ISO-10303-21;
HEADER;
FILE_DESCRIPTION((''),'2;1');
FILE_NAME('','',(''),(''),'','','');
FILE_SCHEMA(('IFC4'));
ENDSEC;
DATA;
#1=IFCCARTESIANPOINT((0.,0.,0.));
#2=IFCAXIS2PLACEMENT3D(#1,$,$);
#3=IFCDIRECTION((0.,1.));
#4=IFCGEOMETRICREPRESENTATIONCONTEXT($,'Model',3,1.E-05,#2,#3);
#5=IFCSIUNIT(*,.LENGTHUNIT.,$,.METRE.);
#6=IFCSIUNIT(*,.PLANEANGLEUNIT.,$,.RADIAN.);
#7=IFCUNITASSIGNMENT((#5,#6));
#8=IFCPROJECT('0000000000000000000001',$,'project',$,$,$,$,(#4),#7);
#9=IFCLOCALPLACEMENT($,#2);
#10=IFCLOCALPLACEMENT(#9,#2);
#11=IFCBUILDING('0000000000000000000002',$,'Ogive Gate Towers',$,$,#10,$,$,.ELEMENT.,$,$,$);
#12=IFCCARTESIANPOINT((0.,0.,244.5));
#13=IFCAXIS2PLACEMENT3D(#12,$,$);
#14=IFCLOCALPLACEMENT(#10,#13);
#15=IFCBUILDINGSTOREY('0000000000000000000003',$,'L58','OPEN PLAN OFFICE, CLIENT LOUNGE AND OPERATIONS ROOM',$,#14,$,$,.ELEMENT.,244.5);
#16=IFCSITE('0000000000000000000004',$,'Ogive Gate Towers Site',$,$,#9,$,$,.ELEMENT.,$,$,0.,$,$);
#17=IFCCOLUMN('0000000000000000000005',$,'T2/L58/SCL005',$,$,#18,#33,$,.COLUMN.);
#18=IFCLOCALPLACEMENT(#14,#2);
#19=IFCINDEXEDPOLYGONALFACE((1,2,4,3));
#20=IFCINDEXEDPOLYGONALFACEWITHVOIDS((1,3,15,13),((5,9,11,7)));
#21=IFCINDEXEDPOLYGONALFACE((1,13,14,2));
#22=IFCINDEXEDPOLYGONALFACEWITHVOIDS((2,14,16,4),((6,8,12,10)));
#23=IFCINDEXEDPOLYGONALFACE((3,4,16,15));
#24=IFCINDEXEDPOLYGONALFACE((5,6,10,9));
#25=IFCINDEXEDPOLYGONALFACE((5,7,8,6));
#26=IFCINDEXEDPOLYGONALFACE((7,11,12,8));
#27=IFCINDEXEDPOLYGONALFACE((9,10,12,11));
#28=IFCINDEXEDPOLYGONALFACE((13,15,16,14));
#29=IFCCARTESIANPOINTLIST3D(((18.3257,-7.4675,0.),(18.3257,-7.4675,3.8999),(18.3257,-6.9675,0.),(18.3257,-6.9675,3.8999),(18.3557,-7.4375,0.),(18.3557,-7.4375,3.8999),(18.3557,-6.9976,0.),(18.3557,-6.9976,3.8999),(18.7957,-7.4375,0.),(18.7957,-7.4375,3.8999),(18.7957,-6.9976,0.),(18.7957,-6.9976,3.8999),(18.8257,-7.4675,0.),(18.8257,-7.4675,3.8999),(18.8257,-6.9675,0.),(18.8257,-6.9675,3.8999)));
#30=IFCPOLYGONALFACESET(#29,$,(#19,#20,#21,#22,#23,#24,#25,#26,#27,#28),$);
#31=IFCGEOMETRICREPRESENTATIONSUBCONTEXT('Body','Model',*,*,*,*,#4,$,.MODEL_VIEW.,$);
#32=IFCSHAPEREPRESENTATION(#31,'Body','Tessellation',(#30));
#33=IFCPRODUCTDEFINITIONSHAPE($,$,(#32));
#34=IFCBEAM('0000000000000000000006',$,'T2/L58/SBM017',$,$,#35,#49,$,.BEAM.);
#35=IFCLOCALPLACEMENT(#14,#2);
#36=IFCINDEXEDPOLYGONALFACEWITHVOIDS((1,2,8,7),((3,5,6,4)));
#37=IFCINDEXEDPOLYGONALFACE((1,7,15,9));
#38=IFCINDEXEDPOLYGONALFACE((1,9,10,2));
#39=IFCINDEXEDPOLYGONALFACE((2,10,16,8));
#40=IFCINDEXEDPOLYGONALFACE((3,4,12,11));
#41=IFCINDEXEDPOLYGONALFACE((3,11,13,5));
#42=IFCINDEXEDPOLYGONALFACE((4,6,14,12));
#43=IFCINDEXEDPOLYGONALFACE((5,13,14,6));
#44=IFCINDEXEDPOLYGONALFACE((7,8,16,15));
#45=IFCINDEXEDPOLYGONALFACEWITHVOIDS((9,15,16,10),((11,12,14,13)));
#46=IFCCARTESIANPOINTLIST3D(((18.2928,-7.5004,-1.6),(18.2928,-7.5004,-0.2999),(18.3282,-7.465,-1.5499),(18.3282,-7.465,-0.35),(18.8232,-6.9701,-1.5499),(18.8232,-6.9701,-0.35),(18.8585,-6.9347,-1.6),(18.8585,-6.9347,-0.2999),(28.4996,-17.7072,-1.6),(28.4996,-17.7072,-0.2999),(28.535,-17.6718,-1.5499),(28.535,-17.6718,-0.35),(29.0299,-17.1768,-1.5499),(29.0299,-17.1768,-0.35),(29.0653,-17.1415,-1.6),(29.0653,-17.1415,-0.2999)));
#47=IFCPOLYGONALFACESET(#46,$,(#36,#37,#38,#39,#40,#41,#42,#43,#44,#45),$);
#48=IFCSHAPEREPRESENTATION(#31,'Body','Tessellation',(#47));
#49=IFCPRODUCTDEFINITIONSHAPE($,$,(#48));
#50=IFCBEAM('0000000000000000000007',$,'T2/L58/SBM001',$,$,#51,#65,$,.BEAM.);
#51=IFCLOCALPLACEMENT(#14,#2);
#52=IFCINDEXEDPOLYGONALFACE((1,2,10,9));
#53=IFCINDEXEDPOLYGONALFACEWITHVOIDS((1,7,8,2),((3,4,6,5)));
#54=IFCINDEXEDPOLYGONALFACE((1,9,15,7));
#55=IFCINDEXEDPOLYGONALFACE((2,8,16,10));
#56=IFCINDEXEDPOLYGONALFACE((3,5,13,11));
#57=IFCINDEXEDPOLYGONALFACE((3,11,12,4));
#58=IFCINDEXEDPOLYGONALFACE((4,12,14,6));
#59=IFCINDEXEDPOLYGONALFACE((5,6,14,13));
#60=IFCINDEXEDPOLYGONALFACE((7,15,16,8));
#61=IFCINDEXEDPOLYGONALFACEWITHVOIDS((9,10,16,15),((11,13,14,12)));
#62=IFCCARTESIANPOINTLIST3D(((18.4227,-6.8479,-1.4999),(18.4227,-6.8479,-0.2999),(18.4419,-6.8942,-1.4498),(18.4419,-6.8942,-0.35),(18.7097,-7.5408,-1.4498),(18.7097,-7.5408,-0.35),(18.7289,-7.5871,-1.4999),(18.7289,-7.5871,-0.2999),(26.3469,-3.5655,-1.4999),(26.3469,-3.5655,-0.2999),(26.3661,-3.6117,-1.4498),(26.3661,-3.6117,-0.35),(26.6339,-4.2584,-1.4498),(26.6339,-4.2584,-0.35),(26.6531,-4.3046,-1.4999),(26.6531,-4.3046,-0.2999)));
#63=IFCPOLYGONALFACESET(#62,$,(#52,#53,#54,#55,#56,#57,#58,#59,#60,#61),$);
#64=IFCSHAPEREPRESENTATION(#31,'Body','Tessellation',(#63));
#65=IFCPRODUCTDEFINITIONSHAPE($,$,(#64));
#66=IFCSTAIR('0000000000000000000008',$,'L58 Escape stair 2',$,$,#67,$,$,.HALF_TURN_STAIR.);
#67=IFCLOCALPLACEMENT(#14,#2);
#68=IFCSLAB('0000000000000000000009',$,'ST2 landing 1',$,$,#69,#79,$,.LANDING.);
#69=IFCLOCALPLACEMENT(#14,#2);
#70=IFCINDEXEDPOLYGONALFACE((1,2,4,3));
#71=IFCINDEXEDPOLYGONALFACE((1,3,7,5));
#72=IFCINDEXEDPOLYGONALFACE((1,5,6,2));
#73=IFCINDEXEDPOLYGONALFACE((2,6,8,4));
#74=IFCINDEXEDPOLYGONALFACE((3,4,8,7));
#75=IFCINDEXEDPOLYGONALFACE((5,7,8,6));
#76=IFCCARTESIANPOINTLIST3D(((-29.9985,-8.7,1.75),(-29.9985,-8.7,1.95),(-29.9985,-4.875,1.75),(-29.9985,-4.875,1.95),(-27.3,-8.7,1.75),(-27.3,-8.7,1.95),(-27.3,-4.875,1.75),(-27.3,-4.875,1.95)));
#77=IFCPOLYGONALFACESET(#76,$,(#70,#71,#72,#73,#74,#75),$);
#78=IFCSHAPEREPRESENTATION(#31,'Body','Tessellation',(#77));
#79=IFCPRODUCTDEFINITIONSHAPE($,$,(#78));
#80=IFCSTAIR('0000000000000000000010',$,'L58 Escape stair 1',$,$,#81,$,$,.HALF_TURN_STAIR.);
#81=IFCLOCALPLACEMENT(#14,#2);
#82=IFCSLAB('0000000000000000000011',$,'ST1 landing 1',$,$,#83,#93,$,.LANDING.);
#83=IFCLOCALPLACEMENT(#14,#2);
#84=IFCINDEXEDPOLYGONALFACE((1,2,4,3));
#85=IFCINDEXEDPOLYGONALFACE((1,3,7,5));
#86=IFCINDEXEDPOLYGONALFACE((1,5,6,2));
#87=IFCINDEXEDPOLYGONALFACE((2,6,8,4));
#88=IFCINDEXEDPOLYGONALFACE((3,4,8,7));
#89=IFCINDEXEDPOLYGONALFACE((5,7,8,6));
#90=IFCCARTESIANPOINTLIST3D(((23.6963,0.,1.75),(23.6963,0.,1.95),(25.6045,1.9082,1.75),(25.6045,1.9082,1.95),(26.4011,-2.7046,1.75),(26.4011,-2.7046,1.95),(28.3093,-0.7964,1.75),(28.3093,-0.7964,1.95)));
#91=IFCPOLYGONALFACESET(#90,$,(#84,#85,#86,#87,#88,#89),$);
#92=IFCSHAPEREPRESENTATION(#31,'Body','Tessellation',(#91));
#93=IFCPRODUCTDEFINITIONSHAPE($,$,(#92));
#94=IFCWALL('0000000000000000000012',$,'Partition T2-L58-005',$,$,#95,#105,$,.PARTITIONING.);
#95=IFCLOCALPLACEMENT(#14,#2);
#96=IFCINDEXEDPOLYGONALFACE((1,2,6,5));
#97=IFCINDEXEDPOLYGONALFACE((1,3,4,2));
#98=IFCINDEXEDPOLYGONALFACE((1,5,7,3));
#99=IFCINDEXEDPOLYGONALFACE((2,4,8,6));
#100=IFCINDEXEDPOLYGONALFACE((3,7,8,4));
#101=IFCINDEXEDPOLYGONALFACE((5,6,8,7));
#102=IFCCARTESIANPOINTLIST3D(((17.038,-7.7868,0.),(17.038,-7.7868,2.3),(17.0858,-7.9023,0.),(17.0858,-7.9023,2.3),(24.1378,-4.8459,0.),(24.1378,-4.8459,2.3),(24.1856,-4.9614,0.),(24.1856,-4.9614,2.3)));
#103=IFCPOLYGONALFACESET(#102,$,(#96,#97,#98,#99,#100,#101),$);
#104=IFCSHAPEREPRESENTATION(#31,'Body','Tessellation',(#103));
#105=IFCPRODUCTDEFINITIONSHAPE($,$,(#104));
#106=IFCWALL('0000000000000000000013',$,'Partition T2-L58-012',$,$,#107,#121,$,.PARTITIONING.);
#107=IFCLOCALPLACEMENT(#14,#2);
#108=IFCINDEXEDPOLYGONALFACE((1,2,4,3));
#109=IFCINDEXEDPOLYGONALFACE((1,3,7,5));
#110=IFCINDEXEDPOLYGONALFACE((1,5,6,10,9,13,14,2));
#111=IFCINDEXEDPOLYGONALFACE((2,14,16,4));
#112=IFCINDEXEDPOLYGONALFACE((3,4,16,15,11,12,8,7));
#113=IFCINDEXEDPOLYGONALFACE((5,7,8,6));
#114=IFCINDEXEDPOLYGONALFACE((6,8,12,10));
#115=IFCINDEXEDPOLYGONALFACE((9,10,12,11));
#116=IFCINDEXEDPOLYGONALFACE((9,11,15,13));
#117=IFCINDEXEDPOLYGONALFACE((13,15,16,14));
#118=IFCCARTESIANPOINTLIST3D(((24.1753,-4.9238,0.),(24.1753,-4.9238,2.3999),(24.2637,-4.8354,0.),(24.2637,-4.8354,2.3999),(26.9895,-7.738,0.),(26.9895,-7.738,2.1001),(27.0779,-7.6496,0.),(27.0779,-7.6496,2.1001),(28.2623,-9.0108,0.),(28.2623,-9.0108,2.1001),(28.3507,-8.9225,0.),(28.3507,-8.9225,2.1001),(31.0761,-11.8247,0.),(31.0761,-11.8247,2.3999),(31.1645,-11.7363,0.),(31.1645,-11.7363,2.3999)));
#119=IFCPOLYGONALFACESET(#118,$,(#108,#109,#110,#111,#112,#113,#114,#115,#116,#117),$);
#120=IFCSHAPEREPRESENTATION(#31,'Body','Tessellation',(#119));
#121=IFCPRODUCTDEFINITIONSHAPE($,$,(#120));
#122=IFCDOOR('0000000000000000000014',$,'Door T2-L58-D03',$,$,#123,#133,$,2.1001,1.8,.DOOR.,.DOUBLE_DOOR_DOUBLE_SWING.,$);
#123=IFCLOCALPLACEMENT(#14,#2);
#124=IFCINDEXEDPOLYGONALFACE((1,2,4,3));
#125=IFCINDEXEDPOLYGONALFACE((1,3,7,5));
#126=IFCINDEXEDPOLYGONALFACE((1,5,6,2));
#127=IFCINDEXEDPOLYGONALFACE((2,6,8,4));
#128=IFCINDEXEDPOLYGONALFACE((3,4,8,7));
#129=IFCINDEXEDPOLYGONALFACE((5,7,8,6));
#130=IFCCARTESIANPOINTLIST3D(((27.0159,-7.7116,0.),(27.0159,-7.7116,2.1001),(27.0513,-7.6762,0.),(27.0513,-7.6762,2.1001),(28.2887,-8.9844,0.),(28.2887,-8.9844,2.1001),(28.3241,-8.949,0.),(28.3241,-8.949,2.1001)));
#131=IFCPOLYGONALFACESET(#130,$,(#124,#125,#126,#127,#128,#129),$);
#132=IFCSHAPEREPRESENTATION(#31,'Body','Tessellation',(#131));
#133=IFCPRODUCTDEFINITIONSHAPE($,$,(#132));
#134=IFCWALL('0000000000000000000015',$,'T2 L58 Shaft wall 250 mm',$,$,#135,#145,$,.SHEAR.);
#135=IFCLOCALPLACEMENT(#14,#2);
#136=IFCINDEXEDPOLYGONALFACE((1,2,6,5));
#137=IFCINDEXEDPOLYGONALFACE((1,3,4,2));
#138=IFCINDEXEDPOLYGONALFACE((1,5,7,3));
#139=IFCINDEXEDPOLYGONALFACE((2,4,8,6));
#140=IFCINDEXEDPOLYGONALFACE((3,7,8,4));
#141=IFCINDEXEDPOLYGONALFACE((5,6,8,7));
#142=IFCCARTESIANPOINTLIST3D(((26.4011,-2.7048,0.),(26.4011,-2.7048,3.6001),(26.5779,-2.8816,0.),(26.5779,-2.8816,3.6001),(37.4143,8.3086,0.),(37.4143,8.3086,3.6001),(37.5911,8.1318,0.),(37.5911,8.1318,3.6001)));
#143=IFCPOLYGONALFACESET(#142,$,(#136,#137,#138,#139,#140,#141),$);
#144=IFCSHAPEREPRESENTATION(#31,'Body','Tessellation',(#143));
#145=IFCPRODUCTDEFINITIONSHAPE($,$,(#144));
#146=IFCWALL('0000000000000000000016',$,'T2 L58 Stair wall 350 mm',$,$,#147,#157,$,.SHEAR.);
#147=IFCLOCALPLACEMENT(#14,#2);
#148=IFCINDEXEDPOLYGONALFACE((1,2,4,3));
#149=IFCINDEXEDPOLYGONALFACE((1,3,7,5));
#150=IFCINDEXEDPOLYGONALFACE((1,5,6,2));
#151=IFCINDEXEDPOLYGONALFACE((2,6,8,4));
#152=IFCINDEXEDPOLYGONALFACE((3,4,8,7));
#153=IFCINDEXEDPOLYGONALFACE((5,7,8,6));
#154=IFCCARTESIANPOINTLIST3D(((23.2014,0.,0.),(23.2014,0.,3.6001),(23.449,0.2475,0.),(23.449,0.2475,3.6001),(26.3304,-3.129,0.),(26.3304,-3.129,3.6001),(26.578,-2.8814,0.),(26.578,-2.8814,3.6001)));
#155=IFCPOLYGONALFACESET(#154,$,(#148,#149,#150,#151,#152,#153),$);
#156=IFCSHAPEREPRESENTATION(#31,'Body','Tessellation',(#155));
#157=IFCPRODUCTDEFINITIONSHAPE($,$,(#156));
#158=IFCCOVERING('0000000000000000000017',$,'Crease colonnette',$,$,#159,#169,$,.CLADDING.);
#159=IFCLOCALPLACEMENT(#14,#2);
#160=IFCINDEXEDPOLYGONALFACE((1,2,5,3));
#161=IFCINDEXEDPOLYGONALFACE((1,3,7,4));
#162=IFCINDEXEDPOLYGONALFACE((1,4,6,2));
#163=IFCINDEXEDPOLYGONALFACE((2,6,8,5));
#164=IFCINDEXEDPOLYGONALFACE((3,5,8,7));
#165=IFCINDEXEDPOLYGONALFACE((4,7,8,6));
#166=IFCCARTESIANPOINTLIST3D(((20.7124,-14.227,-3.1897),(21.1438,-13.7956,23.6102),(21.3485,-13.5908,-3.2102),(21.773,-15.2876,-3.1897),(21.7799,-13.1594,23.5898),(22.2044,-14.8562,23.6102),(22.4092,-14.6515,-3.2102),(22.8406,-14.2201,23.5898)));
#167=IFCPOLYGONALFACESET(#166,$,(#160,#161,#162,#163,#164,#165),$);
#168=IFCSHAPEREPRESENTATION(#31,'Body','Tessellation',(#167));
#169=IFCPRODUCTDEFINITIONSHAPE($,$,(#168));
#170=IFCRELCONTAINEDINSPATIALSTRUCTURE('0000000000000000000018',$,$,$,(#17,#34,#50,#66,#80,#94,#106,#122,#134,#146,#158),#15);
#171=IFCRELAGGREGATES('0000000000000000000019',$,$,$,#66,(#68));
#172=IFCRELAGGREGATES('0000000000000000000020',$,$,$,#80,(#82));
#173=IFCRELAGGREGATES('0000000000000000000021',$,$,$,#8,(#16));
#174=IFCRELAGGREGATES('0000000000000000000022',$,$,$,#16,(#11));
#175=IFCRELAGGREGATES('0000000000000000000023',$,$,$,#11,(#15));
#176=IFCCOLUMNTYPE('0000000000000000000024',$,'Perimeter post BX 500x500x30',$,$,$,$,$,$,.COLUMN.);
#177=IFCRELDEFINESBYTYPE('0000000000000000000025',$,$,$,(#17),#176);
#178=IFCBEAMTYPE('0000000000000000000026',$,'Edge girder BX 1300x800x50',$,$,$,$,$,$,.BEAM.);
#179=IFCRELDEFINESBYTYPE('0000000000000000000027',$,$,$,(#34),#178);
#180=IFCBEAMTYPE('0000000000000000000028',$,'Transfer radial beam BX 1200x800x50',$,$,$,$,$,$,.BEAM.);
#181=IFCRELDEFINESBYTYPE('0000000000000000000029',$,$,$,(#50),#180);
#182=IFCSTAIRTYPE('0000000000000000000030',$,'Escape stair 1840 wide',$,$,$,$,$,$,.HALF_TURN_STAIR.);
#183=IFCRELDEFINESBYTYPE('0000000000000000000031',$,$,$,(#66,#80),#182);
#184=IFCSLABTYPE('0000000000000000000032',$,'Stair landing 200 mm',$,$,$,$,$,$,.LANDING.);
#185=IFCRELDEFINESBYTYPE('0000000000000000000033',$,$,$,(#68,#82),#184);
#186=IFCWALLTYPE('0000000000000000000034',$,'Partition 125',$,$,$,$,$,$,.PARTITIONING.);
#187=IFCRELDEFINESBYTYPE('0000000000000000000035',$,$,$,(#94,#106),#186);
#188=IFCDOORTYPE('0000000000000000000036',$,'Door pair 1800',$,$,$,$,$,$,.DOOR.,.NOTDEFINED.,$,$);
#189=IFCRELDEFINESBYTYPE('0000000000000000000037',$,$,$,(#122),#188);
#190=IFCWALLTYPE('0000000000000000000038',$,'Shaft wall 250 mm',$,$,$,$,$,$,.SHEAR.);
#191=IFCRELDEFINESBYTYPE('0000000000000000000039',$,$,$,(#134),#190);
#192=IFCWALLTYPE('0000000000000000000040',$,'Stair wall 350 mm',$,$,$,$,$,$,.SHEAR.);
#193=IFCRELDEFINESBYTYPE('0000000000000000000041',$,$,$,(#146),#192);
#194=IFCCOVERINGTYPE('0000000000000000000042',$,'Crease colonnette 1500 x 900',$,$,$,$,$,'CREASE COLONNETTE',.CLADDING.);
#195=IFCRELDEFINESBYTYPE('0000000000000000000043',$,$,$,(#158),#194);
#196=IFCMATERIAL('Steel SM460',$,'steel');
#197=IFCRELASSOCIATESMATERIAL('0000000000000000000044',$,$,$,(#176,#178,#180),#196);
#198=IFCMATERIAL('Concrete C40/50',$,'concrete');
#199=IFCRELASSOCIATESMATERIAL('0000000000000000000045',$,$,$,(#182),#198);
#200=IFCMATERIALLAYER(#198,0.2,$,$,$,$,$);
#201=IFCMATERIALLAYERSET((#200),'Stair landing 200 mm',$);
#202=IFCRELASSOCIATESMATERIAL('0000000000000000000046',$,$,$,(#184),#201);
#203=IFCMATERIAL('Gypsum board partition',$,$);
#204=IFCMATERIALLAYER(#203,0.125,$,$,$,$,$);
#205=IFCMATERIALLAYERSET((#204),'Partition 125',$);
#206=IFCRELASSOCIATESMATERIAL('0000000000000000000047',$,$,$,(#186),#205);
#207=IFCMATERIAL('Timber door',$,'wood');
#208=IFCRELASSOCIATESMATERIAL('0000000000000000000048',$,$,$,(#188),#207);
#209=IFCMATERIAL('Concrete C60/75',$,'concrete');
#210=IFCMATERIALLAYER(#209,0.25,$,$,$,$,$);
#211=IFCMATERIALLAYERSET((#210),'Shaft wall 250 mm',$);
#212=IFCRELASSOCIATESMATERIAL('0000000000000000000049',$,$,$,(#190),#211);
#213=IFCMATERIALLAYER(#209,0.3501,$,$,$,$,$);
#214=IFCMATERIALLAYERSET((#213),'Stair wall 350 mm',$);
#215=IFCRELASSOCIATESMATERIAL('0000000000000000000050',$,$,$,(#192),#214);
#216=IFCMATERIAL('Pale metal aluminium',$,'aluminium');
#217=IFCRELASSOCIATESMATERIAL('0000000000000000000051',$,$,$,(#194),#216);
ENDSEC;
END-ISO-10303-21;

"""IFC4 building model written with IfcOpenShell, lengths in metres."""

from ifc_helpers import new_model, si_unit, direction, frame, frame_2d, origin, origin_2d, place, context, subcontext, project, spatial, polyline, rectangle, hollow_rectangle, outline, extrude, material, layer, layer_set, material_profile, profile_set, type_object, element, fill, aggregate, save


model = new_model("IFC4")

# Units and contexts
model_context = context("Model", 3, precision=1e-05, world=origin(), true_north=direction((0.0, 1.0)))
body_context = subcontext(model_context, "Body", "Model", "MODEL_VIEW")
ifc_project = project(units=[si_unit("LENGTHUNIT", "METRE"), si_unit("PLANEANGLEUNIT", "RADIAN")], contexts=[model_context])

# Site, building, storey
site_placement = place(None, origin())
site = spatial("IfcSite", under=ifc_project, at=site_placement, Name="Ogive Gate Towers Site", CompositionType="ELEMENT", RefElevation=0.0)
building_placement = place(site_placement, origin())
building = spatial("IfcBuilding", under=site, at=building_placement, Name="Ogive Gate Towers", CompositionType="ELEMENT")
storey_placement = place(building_placement, frame((0.0, 0.0, 244.5)))
storey = spatial("IfcBuildingStorey", under=building, at=storey_placement, Name="L58", Description="OPEN PLAN OFFICE, CLIENT LOUNGE AND OPERATIONS ROOM", CompositionType="ELEMENT", Elevation=244.5)

# Column
ifc_material_1 = material(Name="Steel SM460", Category="steel")
ifc_material_profile_1 = material_profile(ifc_material_1, hollow_rectangle(XDim=0.5, YDim=0.5, WallThickness=0.03, at=origin_2d()), Name="BX 500x500x30")
ifc_profile_set_1 = profile_set([ifc_material_profile_1], Name="Steel SM460")
column_type = type_object("IfcColumnType", Name="Perimeter post BX 500x500x30", PredefinedType="COLUMN", material=ifc_profile_set_1)
column_placement = place(storey_placement, frame((18.5757, -7.2175, 0.0), z_axis=(0.0, 0.0, 1.0), x_axis=(1.0, 0.0, 0.0)))
element("IfcColumn", 1, at=column_placement, inside=storey, type_object=column_type, Name="T2/L58/SCL005", PredefinedType="COLUMN", context=body_context, shape_type="SweptSolid", body=[
    extrude(hollow_rectangle(XDim=0.5, YDim=0.5, WallThickness=0.03, at=origin_2d()), origin(), (0.0, 0.0, 1.0), 3.8999),
])

# Beams
ifc_material_profile_2 = material_profile(ifc_material_1, hollow_rectangle(XDim=0.8, YDim=1.3, WallThickness=0.05, at=origin_2d()), Name="BX 1300x800x50")
ifc_profile_set_2 = profile_set([ifc_material_profile_2], Name="Steel SM460")
beam_type_1 = type_object("IfcBeamType", Name="Edge girder BX 1300x800x50", PredefinedType="BEAM", material=ifc_profile_set_2)
beam_1_placement = place(storey_placement, frame((18.5757, -7.2175, -0.95), z_axis=(0.707107, -0.707107, 0.0), x_axis=(0.707107, 0.707107, 0.0)))
element("IfcBeam", 2, at=beam_1_placement, inside=storey, type_object=beam_type_1, Name="T2/L58/SBM017", PredefinedType="BEAM", context=body_context, shape_type="SweptSolid", body=[
    extrude(hollow_rectangle(XDim=0.8, YDim=1.3, WallThickness=0.05, at=origin_2d()), origin(), (0.0, 0.0, 1.0), 14.4346),
])
ifc_material_profile_3 = material_profile(ifc_material_1, hollow_rectangle(XDim=0.8, YDim=1.2, WallThickness=0.05, at=origin_2d()), Name="BX 1200x800x50")
ifc_profile_set_3 = profile_set([ifc_material_profile_3], Name="Steel SM460")
beam_type_2 = type_object("IfcBeamType", Name="Transfer radial beam BX 1200x800x50", PredefinedType="BEAM", material=ifc_profile_set_3)
beam_2_placement = place(storey_placement, frame((26.5, -3.9351, -0.8999), z_axis=(-0.923875, -0.382695, 0.0), x_axis=(0.382695, -0.923875, 0.0)))
element("IfcBeam", 3, at=beam_2_placement, inside=storey, type_object=beam_type_2, Name="T2/L58/SBM001", PredefinedType="BEAM", context=body_context, shape_type="SweptSolid", body=[
    extrude(hollow_rectangle(XDim=0.8, YDim=1.2, WallThickness=0.05, at=origin_2d()), origin(), (0.0, 0.0, 1.0), 8.5771),
])

# Stairs, slabs
ifc_material_2 = material(Name="Concrete C40/50", Category="concrete")
stair_type = type_object("IfcStairType", Name="Escape stair 1840 wide", PredefinedType="HALF_TURN_STAIR", material=ifc_material_2)
stair_1_placement = place(storey_placement, origin())
stair_1 = element("IfcStair", 4, at=stair_1_placement, inside=storey, type_object=stair_type, Name="L58 Escape stair 2", PredefinedType="HALF_TURN_STAIR")
ifc_layer_1 = layer(ifc_material_2, 0.2)
ifc_layer_set_1 = layer_set([ifc_layer_1], Name="Stair landing 200 mm")
slab_type = type_object("IfcSlabType", Name="Stair landing 200 mm", PredefinedType="LANDING", material=ifc_layer_set_1)
slab_1_placement = place(storey_placement, frame((0.0, 0.0, 1.75)))
slab_1 = element("IfcSlab", 5, at=slab_1_placement, type_object=slab_type, Name="ST2 landing 1", PredefinedType="LANDING", context=body_context, shape_type="SweptSolid", body=[
    extrude(outline(polyline([(-29.9985, -8.7), (-27.3, -8.7), (-27.3, -4.875), (-29.9985, -4.875), (-29.9985, -8.7)])), origin(), (0.0, 0.0, 1.0), 0.2),
])
aggregate(stair_1, [slab_1])
stair_2_placement = place(storey_placement, origin())
stair_2 = element("IfcStair", 6, at=stair_2_placement, inside=storey, type_object=stair_type, Name="L58 Escape stair 1", PredefinedType="HALF_TURN_STAIR")
slab_2_placement = place(storey_placement, frame((0.0, 0.0, 1.75)))
slab_2 = element("IfcSlab", 7, at=slab_2_placement, type_object=slab_type, Name="ST1 landing 1", PredefinedType="LANDING", context=body_context, shape_type="SweptSolid", body=[
    extrude(outline(polyline([(25.6045, 1.9082), (23.6963, 0.0), (26.4011, -2.7046), (28.3093, -0.7964), (25.6045, 1.9082)])), origin(), (0.0, 0.0, 1.0), 0.2),
])
aggregate(stair_2, [slab_2])

# Wall
ifc_material_3 = material(Name="Gypsum board partition")
ifc_layer_2 = layer(ifc_material_3, 0.125)
ifc_layer_set_2 = layer_set([ifc_layer_2], Name="Partition 125")
wall_type_1 = type_object("IfcWallType", Name="Partition 125", PredefinedType="PARTITIONING", material=ifc_layer_set_2)
wall_1_placement = place(storey_placement, frame((17.062, -7.8445, 0.0), z_axis=(0.0, 0.0, 1.0), x_axis=(0.923877, 0.38269, 0.0)))
element("IfcWall", 8, at=wall_1_placement, inside=storey, type_object=wall_type_1, Name="Partition T2-L58-005", PredefinedType="PARTITIONING", context=body_context, shape_type="SweptSolid", body=[
    extrude(rectangle(XDim=7.6848, YDim=0.125, at=frame_2d((3.8423, 0.0))), origin(), (0.0, 0.0, 1.0), 2.3),
])

# Wall, opening, door
wall_2_placement = place(storey_placement, frame((24.2195, -4.8796, 0.0), z_axis=(0.0, 0.0, 1.0), x_axis=(0.707107, -0.707107, 0.0)))
wall_2 = element("IfcWall", 9, at=wall_2_placement, inside=storey, type_object=wall_type_1, Name="Partition T2-L58-012", PredefinedType="PARTITIONING", context=body_context, shape_type="SweptSolid", body=[
    extrude(rectangle(XDim=9.7593, YDim=0.125, at=frame_2d((4.8796, 0.0))), origin(), (0.0, 0.0, 1.0), 2.3999),
])
opening_placement = place(wall_2_placement, frame((3.98, 0.0, 0.0)))
opening = element("IfcOpeningElement", 10, at=opening_placement, cuts=wall_2, PredefinedType="OPENING", context=body_context, shape_type="SweptSolid", body=[
    extrude(rectangle(XDim=1.8, YDim=2.1001, at=frame_2d((0.8999, 1.05))), frame((0.0, 0.0725, 0.0), z_axis=(0.0, -1.0, 0.0), x_axis=(1.0, 0.0, 0.0)), (0.0, 0.0, 1.0), 0.145),
])
ifc_material_4 = material(Name="Timber door", Category="wood")
door_type = type_object("IfcDoorType", Name="Door pair 1800", OperationType="NOTDEFINED", PredefinedType="DOOR", material=ifc_material_4)
door_placement = place(opening_placement, origin())
door = element("IfcDoor", 11, at=door_placement, inside=storey, type_object=door_type, Name="Door T2-L58-D03", OperationType="DOUBLE_DOOR_DOUBLE_SWING", OverallHeight=2.1001, OverallWidth=1.8, PredefinedType="DOOR", context=body_context, shape_type="SweptSolid", body=[
    extrude(rectangle(XDim=1.8, YDim=2.1001, at=frame_2d((0.8999, 1.05))), frame((0.0, 0.0249, 0.0), z_axis=(0.0, -1.0, 0.0), x_axis=(1.0, 0.0, 0.0)), (0.0, 0.0, 1.0), 0.05),
])
fill(opening, door)

# Walls
ifc_material_5 = material(Name="Concrete C60/75", Category="concrete")
ifc_layer_3 = layer(ifc_material_5, 0.25)
ifc_layer_set_3 = layer_set([ifc_layer_3], Name="Shaft wall 250 mm")
wall_type_2 = type_object("IfcWallType", Name="Shaft wall 250 mm", PredefinedType="SHEAR", material=ifc_layer_set_3)
wall_3_placement = place(storey_placement, frame((26.4895, -2.7932, 0.0), z_axis=(0.0, 0.0, 1.0), x_axis=(0.707099, 0.707115, 0.0)))
element("IfcWall", 12, at=wall_3_placement, inside=storey, type_object=wall_type_2, Name="T2 L58 Shaft wall 250 mm", PredefinedType="SHEAR", context=body_context, shape_type="SweptSolid", body=[
    extrude(rectangle(XDim=15.5752, YDim=0.25, at=frame_2d((7.7876, 0.0))), origin(), (0.0, 0.0, 1.0), 3.6001),
])
ifc_layer_4 = layer(ifc_material_5, 0.3501)
ifc_layer_set_4 = layer_set([ifc_layer_4], Name="Stair wall 350 mm")
wall_type_3 = type_object("IfcWallType", Name="Stair wall 350 mm", PredefinedType="SHEAR", material=ifc_layer_set_4)
wall_4_placement = place(storey_placement, frame((26.4541, -3.0051, 0.0), z_axis=(0.0, 0.0, 1.0), x_axis=(-0.707107, 0.707107, 0.0)))
element("IfcWall", 13, at=wall_4_placement, inside=storey, type_object=wall_type_3, Name="T2 L58 Stair wall 350 mm", PredefinedType="SHEAR", context=body_context, shape_type="SweptSolid", body=[
    extrude(rectangle(XDim=4.425, YDim=0.3501, at=frame_2d((2.2124, 0.0))), origin(), (0.0, 0.0, 1.0), 3.6001),
])

# Covering
ifc_material_6 = material(Name="Pale metal aluminium", Category="aluminium")
ifc_material_profile_4 = material_profile(ifc_material_6, rectangle(XDim=1.5, YDim=0.8999, at=origin_2d()), Name="1500 x 900 pale metal aluminium")
ifc_profile_set_4 = profile_set([ifc_material_profile_4], Name="Pale metal aluminium")
covering_type_1 = type_object("IfcCoveringType", Name="Crease colonnette 1500 x 900", ElementType="CREASE COLONNETTE", PredefinedType="CLADDING", material=ifc_profile_set_4)
covering_placement = place(storey_placement, frame((21.5608, -14.4392, -3.2), z_axis=(0.016093, 0.016093, 0.999741), x_axis=(-0.707107, 0.707107, 0.0)))
element("IfcCovering", 14, at=covering_placement, inside=storey, type_object=covering_type_1, Name="Crease colonnette", PredefinedType="CLADDING", context=body_context, shape_type="SweptSolid", body=[
    extrude(rectangle(XDim=1.5, YDim=0.8999, at=origin_2d()), origin(), (0.0, 0.0, 1.0), 26.8069),
])

save(model, "model.ifc")
